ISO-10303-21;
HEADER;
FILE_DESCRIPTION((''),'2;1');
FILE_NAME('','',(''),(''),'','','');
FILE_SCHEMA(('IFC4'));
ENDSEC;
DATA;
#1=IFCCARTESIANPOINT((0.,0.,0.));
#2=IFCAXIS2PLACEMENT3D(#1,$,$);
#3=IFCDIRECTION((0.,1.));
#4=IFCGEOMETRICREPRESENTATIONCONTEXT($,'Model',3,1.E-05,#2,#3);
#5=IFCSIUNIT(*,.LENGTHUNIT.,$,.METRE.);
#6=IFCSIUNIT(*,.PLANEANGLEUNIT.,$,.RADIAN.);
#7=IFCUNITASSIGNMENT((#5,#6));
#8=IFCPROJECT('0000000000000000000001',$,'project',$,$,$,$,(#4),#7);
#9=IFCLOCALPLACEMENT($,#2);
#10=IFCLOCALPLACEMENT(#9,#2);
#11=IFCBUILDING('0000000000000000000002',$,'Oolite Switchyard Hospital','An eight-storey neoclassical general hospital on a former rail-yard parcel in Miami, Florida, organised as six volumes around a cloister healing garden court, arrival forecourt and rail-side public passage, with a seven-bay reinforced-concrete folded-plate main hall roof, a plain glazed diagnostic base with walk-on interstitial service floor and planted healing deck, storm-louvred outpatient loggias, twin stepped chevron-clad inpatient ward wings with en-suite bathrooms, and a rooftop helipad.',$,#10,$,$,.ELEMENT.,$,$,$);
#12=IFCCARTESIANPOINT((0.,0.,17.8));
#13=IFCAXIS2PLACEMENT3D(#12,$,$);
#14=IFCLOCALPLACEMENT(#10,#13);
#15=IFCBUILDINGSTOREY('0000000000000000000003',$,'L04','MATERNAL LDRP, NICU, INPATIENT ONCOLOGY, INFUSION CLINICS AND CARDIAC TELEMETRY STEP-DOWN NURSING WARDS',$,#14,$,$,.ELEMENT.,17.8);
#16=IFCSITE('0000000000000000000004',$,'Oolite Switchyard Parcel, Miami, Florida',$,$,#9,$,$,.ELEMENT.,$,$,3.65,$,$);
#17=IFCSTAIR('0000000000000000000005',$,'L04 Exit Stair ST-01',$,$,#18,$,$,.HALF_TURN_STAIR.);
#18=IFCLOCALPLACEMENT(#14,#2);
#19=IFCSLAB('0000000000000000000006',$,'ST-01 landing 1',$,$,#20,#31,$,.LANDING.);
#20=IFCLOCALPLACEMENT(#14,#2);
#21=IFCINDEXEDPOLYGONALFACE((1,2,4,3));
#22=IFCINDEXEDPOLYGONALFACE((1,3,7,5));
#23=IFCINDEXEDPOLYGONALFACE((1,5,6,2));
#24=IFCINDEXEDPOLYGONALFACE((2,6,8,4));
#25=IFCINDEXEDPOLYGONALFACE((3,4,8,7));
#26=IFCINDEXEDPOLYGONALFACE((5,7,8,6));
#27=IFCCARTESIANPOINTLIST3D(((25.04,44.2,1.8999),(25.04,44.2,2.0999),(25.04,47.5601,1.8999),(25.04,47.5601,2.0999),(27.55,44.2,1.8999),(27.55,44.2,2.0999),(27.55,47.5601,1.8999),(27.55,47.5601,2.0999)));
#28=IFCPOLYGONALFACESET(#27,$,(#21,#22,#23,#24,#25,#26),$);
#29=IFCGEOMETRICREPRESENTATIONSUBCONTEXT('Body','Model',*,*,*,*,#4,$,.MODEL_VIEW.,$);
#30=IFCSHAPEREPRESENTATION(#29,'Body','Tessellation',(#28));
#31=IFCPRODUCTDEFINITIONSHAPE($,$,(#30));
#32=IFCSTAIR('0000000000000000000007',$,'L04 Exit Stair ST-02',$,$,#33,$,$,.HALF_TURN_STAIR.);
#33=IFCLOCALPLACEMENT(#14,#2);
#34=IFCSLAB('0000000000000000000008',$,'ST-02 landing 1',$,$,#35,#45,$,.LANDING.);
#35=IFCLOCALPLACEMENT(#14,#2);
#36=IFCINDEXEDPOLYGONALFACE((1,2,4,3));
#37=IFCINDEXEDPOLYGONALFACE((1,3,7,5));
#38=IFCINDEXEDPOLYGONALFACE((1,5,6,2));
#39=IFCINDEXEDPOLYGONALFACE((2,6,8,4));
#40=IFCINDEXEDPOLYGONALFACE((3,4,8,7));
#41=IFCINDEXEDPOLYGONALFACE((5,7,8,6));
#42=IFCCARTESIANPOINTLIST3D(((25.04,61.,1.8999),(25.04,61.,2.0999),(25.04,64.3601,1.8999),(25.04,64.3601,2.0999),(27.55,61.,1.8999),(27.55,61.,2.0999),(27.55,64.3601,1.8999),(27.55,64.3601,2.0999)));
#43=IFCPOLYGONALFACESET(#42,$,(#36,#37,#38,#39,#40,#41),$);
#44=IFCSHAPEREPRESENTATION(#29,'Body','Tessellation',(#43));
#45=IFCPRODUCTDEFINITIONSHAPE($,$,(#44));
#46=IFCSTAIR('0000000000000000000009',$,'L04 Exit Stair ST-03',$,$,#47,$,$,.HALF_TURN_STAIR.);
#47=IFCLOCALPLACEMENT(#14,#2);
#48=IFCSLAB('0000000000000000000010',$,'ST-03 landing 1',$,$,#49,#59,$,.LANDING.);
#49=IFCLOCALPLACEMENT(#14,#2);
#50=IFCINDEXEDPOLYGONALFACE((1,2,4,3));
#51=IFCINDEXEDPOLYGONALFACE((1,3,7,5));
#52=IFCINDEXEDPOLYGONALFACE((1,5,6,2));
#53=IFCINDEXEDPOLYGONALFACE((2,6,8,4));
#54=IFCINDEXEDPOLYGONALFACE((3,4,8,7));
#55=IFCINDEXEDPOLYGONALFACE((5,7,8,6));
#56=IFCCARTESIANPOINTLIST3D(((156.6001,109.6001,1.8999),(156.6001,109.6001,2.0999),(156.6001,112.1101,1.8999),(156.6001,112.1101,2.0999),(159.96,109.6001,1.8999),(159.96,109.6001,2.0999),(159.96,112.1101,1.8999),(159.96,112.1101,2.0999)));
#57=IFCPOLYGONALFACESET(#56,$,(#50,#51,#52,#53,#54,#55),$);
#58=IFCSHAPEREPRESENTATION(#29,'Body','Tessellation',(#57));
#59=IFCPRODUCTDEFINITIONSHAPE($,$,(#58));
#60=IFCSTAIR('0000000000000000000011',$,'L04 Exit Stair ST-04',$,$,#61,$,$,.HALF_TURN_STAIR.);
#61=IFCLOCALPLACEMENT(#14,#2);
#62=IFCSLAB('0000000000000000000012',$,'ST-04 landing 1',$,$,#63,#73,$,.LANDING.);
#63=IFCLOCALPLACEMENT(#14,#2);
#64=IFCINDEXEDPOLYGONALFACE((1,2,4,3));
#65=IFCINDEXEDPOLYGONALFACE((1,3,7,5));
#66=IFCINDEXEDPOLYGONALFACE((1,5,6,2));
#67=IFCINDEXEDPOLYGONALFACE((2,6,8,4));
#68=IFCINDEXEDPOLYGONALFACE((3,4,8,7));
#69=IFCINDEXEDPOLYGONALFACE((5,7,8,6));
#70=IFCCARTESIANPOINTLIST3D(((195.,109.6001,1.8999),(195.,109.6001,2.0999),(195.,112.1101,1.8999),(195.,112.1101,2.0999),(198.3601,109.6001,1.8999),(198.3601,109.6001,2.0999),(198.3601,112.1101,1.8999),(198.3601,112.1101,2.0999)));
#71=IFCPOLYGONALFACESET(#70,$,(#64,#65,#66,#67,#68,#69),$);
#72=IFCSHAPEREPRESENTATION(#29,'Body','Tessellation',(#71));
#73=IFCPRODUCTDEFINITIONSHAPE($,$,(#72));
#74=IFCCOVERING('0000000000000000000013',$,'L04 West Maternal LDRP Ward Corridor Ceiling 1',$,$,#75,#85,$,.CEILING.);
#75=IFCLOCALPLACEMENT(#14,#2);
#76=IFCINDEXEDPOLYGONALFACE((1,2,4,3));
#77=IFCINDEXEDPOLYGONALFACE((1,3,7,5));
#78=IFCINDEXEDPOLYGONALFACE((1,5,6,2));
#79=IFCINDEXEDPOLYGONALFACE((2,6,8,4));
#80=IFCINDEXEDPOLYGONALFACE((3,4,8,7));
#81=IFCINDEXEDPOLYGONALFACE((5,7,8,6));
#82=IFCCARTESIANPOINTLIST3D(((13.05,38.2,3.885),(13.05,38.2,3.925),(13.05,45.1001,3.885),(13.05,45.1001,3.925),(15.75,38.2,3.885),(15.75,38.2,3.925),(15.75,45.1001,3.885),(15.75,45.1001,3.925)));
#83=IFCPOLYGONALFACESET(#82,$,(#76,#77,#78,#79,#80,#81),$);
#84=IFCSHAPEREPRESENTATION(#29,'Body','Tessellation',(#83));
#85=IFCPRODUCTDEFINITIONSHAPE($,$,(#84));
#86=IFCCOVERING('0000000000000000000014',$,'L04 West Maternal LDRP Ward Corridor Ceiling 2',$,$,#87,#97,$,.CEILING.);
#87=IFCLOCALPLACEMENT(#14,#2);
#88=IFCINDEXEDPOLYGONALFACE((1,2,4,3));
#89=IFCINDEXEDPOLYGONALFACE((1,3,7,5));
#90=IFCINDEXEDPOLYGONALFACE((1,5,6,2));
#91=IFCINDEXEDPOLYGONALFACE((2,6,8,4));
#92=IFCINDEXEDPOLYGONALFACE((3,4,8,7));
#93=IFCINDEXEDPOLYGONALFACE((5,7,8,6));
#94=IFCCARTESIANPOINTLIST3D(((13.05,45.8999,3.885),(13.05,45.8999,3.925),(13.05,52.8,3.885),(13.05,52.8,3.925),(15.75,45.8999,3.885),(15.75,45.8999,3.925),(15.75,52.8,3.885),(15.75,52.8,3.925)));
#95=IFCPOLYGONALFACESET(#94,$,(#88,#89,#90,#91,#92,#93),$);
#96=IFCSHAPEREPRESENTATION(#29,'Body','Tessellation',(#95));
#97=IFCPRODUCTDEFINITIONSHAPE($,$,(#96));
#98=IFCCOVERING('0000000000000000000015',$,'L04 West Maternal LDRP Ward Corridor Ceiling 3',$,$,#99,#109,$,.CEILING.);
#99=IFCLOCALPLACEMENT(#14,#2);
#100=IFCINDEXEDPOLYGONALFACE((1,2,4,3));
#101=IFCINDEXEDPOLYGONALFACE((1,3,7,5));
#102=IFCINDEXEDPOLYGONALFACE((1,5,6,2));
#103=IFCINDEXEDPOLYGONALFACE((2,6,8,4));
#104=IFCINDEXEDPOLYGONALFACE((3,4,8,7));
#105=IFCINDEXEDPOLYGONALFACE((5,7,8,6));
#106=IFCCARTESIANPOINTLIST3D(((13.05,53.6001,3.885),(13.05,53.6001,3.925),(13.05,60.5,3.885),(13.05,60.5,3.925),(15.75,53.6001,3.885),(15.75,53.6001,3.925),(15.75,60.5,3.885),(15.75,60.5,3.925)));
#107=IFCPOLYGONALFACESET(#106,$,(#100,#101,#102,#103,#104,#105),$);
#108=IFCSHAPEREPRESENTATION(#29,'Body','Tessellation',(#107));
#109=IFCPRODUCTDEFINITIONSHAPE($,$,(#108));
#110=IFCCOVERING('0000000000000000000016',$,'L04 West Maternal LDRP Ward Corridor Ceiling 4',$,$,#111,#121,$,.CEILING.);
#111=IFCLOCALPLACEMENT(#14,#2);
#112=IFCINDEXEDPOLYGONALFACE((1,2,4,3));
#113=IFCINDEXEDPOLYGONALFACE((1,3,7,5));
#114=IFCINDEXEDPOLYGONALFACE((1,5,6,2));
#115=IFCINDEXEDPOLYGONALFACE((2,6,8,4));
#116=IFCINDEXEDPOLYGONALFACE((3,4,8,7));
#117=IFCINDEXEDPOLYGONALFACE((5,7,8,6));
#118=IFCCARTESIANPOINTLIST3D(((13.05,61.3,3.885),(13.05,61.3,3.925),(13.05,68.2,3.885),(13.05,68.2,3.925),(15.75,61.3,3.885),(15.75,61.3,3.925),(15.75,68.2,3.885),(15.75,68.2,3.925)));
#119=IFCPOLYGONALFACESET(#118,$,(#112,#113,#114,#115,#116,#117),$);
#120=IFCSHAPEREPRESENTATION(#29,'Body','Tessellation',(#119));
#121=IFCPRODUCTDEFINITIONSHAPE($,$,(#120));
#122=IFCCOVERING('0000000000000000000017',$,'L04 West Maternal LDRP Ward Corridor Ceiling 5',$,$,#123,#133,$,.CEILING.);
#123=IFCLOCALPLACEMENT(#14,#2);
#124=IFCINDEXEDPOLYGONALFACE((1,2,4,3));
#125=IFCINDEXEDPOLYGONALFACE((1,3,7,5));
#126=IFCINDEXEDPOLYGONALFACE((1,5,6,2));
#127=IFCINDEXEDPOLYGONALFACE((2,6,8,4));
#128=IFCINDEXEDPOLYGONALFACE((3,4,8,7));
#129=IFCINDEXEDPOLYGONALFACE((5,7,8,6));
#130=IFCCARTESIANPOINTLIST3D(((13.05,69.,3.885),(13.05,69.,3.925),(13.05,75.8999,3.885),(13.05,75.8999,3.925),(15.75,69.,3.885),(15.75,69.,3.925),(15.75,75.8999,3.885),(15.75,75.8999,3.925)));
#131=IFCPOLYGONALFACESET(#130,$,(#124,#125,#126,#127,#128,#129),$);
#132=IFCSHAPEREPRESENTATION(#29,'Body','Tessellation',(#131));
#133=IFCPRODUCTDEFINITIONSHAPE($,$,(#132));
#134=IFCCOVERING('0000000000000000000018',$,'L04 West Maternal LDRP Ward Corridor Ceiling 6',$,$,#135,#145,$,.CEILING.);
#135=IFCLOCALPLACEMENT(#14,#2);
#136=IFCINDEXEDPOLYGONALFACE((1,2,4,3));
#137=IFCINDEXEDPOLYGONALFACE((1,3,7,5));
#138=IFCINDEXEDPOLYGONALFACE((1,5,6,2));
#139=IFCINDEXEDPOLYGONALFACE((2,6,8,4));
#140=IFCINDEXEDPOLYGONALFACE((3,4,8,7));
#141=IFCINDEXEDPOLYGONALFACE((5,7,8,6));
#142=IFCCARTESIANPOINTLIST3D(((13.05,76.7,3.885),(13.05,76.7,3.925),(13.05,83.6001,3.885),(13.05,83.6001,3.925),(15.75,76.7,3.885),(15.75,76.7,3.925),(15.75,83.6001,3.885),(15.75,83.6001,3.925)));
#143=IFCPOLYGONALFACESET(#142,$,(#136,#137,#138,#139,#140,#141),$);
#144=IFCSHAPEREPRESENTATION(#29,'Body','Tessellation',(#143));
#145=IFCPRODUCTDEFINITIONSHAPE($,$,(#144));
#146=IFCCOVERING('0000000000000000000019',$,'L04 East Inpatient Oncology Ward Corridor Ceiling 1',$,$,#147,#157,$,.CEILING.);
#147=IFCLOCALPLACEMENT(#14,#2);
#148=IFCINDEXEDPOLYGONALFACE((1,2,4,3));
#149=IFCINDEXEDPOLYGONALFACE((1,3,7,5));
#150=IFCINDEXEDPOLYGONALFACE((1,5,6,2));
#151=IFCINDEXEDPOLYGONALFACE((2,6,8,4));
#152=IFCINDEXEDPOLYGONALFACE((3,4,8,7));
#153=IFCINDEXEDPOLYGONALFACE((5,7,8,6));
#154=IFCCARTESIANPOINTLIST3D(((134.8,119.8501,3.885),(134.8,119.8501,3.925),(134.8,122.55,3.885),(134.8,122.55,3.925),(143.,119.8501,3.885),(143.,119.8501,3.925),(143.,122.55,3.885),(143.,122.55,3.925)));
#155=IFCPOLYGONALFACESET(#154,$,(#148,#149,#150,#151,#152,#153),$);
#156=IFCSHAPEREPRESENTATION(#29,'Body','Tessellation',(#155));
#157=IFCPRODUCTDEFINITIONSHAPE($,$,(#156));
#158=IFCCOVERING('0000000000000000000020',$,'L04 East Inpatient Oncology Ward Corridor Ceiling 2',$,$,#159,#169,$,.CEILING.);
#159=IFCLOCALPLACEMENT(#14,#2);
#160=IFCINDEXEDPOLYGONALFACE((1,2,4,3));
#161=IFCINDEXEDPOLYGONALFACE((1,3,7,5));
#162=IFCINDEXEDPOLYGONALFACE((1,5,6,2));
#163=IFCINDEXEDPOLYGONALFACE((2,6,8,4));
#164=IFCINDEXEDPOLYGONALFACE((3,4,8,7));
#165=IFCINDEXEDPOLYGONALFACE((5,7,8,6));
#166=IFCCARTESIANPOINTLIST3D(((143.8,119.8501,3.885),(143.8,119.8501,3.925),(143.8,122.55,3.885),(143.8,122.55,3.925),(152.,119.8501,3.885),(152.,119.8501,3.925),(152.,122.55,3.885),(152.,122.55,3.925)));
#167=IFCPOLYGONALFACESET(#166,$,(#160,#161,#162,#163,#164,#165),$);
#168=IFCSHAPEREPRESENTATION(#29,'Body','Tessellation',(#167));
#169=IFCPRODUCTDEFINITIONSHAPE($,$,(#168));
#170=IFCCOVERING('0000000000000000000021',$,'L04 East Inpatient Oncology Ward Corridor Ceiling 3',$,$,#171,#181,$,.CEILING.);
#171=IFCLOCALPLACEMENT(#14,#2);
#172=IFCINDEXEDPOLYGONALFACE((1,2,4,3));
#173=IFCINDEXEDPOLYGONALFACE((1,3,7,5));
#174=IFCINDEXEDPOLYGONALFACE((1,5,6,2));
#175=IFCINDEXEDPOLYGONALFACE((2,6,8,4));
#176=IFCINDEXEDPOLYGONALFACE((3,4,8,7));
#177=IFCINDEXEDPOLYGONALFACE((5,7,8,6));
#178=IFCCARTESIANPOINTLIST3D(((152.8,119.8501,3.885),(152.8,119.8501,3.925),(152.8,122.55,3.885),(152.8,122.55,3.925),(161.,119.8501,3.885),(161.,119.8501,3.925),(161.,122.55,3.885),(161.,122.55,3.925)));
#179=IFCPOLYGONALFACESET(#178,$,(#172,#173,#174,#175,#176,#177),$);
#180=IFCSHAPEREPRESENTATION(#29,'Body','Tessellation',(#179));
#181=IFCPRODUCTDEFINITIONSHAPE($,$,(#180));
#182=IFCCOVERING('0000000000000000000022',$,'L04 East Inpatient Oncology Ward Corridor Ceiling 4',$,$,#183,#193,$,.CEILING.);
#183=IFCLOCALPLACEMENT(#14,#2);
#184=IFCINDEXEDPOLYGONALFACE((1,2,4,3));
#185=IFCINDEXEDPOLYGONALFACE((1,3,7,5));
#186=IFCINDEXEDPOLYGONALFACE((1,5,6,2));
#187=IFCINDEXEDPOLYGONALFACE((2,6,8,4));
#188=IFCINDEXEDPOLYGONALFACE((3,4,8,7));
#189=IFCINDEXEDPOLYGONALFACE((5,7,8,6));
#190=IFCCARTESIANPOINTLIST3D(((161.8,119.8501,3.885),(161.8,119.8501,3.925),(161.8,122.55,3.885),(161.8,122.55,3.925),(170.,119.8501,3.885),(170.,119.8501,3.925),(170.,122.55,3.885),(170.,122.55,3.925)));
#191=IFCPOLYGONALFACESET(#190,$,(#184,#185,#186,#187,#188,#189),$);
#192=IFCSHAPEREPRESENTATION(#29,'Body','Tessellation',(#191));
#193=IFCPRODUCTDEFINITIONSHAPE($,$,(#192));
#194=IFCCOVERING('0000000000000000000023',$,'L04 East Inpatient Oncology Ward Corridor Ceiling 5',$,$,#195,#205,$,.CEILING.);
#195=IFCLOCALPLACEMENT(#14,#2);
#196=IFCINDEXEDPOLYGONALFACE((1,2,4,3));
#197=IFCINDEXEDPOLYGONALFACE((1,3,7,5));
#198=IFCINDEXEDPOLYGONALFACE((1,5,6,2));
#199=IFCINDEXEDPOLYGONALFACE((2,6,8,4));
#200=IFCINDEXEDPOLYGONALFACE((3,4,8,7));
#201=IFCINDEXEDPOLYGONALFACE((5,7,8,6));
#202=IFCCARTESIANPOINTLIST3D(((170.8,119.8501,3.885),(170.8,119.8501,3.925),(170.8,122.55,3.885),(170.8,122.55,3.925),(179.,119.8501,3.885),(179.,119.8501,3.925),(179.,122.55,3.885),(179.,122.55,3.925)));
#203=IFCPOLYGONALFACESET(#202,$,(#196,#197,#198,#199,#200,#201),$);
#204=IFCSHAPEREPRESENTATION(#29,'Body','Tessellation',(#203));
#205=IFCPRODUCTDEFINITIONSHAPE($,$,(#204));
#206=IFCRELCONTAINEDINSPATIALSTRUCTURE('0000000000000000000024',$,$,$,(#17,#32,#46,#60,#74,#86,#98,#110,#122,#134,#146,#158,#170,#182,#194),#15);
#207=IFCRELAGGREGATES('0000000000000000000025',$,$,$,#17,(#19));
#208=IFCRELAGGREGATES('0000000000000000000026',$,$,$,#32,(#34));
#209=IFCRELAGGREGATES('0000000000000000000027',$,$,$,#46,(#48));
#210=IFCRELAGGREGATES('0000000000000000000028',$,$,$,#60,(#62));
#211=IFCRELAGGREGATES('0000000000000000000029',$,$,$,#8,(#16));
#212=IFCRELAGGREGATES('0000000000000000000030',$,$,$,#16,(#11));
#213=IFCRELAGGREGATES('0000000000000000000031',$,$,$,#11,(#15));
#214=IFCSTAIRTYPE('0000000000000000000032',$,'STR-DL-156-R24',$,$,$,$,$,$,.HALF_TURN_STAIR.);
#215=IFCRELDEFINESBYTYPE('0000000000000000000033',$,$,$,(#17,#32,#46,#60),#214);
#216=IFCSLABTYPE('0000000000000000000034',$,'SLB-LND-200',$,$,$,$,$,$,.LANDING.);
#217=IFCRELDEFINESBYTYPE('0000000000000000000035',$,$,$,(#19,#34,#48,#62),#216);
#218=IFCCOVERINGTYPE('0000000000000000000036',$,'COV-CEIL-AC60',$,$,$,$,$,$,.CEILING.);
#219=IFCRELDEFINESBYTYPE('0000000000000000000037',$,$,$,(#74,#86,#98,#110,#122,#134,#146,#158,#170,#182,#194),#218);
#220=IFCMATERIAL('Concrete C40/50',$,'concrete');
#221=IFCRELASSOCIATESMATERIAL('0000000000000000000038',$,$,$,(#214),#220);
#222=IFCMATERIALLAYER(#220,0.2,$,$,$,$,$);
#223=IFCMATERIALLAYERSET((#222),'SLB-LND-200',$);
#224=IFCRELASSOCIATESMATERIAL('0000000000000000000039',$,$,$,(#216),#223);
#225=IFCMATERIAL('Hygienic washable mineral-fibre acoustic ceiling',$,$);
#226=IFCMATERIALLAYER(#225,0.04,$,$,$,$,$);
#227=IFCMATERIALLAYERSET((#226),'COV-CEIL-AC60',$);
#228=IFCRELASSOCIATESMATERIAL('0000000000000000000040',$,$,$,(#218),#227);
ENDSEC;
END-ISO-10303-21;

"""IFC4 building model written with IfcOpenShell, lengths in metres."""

from ifc_helpers import new_model, si_unit, direction, frame, origin, place, context, subcontext, project, spatial, polyline, outline, extrude, material, layer, layer_set, type_object, element, aggregate, save


model = new_model("IFC4")

# Units and contexts
model_context = context("Model", 3, precision=1e-05, world=origin(), true_north=direction((0.0, 1.0)))
body_context = subcontext(model_context, "Body", "Model", "MODEL_VIEW")
ifc_project = project(units=[si_unit("LENGTHUNIT", "METRE"), si_unit("PLANEANGLEUNIT", "RADIAN")], contexts=[model_context])

# Site, building, storey
site_placement = place(None, origin())
site = spatial("IfcSite", under=ifc_project, at=site_placement, Name="Oolite Switchyard Parcel, Miami, Florida", CompositionType="ELEMENT", RefElevation=3.65)
building_placement = place(site_placement, origin())
building = spatial("IfcBuilding", under=site, at=building_placement, Name="Oolite Switchyard Hospital", Description="An eight-storey neoclassical general hospital on a former rail-yard parcel in Miami, Florida, organised as six volumes around a cloister healing garden court, arrival forecourt and rail-side public passage, with a seven-bay reinforced-concrete folded-plate main hall roof, a plain glazed diagnostic base with walk-on interstitial service floor and planted healing deck, storm-louvred outpatient loggias, twin stepped chevron-clad inpatient ward wings with en-suite bathrooms, and a rooftop helipad.", CompositionType="ELEMENT")
storey_placement = place(building_placement, frame((0.0, 0.0, 17.8)))
storey = spatial("IfcBuildingStorey", under=building, at=storey_placement, Name="L04", Description="MATERNAL LDRP, NICU, INPATIENT ONCOLOGY, INFUSION CLINICS AND CARDIAC TELEMETRY STEP-DOWN NURSING WARDS", CompositionType="ELEMENT", Elevation=17.8)

# Stairs, slabs
ifc_material_1 = material(Name="Concrete C40/50", Category="concrete")
stair_type = type_object("IfcStairType", Name="STR-DL-156-R24", PredefinedType="HALF_TURN_STAIR", material=ifc_material_1)
stair_1_placement = place(storey_placement, origin())
stair_1 = element("IfcStair", 1, at=stair_1_placement, inside=storey, type_object=stair_type, Name="L04 Exit Stair ST-01", PredefinedType="HALF_TURN_STAIR")
ifc_layer_1 = layer(ifc_material_1, 0.2)
ifc_layer_set_1 = layer_set([ifc_layer_1], Name="SLB-LND-200")
slab_type = type_object("IfcSlabType", Name="SLB-LND-200", PredefinedType="LANDING", material=ifc_layer_set_1)
slab_1_placement = place(storey_placement, frame((0.0, 0.0, 1.8999)))
slab_1 = element("IfcSlab", 2, at=slab_1_placement, type_object=slab_type, Name="ST-01 landing 1", PredefinedType="LANDING", context=body_context, shape_type="SweptSolid", body=[
    extrude(outline(polyline([(25.04, 44.2), (27.55, 44.2), (27.55, 47.5601), (25.04, 47.5601), (25.04, 44.2)])), origin(), (0.0, 0.0, 1.0), 0.2),
])
aggregate(stair_1, [slab_1])
stair_2_placement = place(storey_placement, origin())
stair_2 = element("IfcStair", 3, at=stair_2_placement, inside=storey, type_object=stair_type, Name="L04 Exit Stair ST-02", PredefinedType="HALF_TURN_STAIR")
slab_2_placement = place(storey_placement, frame((0.0, 0.0, 1.8999)))
slab_2 = element("IfcSlab", 4, at=slab_2_placement, type_object=slab_type, Name="ST-02 landing 1", PredefinedType="LANDING", context=body_context, shape_type="SweptSolid", body=[
    extrude(outline(polyline([(25.04, 61.0), (27.55, 61.0), (27.55, 64.3601), (25.04, 64.3601), (25.04, 61.0)])), origin(), (0.0, 0.0, 1.0), 0.2),
])
aggregate(stair_2, [slab_2])
stair_3_placement = place(storey_placement, origin())
stair_3 = element("IfcStair", 5, at=stair_3_placement, inside=storey, type_object=stair_type, Name="L04 Exit Stair ST-03", PredefinedType="HALF_TURN_STAIR")
slab_3_placement = place(storey_placement, frame((0.0, 0.0, 1.8999)))
slab_3 = element("IfcSlab", 6, at=slab_3_placement, type_object=slab_type, Name="ST-03 landing 1", PredefinedType="LANDING", context=body_context, shape_type="SweptSolid", body=[
    extrude(outline(polyline([(156.6001, 112.1101), (156.6001, 109.6001), (159.96, 109.6001), (159.96, 112.1101), (156.6001, 112.1101)])), origin(), (0.0, 0.0, 1.0), 0.2),
])
aggregate(stair_3, [slab_3])
stair_4_placement = place(storey_placement, origin())
stair_4 = element("IfcStair", 7, at=stair_4_placement, inside=storey, type_object=stair_type, Name="L04 Exit Stair ST-04", PredefinedType="HALF_TURN_STAIR")
slab_4_placement = place(storey_placement, frame((0.0, 0.0, 1.8999)))
slab_4 = element("IfcSlab", 8, at=slab_4_placement, type_object=slab_type, Name="ST-04 landing 1", PredefinedType="LANDING", context=body_context, shape_type="SweptSolid", body=[
    extrude(outline(polyline([(195.0, 112.1101), (195.0, 109.6001), (198.3601, 109.6001), (198.3601, 112.1101), (195.0, 112.1101)])), origin(), (0.0, 0.0, 1.0), 0.2),
])
aggregate(stair_4, [slab_4])

# Coverings
ifc_material_2 = material(Name="Hygienic washable mineral-fibre acoustic ceiling")
ifc_layer_2 = layer(ifc_material_2, 0.04)
ifc_layer_set_2 = layer_set([ifc_layer_2], Name="COV-CEIL-AC60")
covering_type_1 = type_object("IfcCoveringType", Name="COV-CEIL-AC60", PredefinedType="CEILING", material=ifc_layer_set_2)
covering_1_placement = place(storey_placement, frame((0.0, 0.0, 3.885)))
element("IfcCovering", 9, at=covering_1_placement, inside=storey, type_object=covering_type_1, Name="L04 West Maternal LDRP Ward Corridor Ceiling 1", PredefinedType="CEILING", context=body_context, shape_type="SweptSolid", body=[
    extrude(outline(polyline([(13.05, 38.2), (15.75, 38.2), (15.75, 45.1001), (13.05, 45.1001), (13.05, 38.2)])), origin(), (0.0, 0.0, 1.0), 0.04),
])
covering_2_placement = place(storey_placement, frame((0.0, 0.0, 3.885)))
element("IfcCovering", 10, at=covering_2_placement, inside=storey, type_object=covering_type_1, Name="L04 West Maternal LDRP Ward Corridor Ceiling 2", PredefinedType="CEILING", context=body_context, shape_type="SweptSolid", body=[
    extrude(outline(polyline([(13.05, 45.8999), (15.75, 45.8999), (15.75, 52.8), (13.05, 52.8), (13.05, 45.8999)])), origin(), (0.0, 0.0, 1.0), 0.04),
])
covering_3_placement = place(storey_placement, frame((0.0, 0.0, 3.885)))
element("IfcCovering", 11, at=covering_3_placement, inside=storey, type_object=covering_type_1, Name="L04 West Maternal LDRP Ward Corridor Ceiling 3", PredefinedType="CEILING", context=body_context, shape_type="SweptSolid", body=[
    extrude(outline(polyline([(13.05, 53.6001), (15.75, 53.6001), (15.75, 60.5), (13.05, 60.5), (13.05, 53.6001)])), origin(), (0.0, 0.0, 1.0), 0.04),
])
covering_4_placement = place(storey_placement, frame((0.0, 0.0, 3.885)))
element("IfcCovering", 12, at=covering_4_placement, inside=storey, type_object=covering_type_1, Name="L04 West Maternal LDRP Ward Corridor Ceiling 4", PredefinedType="CEILING", context=body_context, shape_type="SweptSolid", body=[
    extrude(outline(polyline([(13.05, 61.3), (15.75, 61.3), (15.75, 68.2), (13.05, 68.2), (13.05, 61.3)])), origin(), (0.0, 0.0, 1.0), 0.04),
])
covering_5_placement = place(storey_placement, frame((0.0, 0.0, 3.885)))
element("IfcCovering", 13, at=covering_5_placement, inside=storey, type_object=covering_type_1, Name="L04 West Maternal LDRP Ward Corridor Ceiling 5", PredefinedType="CEILING", context=body_context, shape_type="SweptSolid", body=[
    extrude(outline(polyline([(13.05, 69.0), (15.75, 69.0), (15.75, 75.8999), (13.05, 75.8999), (13.05, 69.0)])), origin(), (0.0, 0.0, 1.0), 0.04),
])
covering_6_placement = place(storey_placement, frame((0.0, 0.0, 3.885)))
element("IfcCovering", 14, at=covering_6_placement, inside=storey, type_object=covering_type_1, Name="L04 West Maternal LDRP Ward Corridor Ceiling 6", PredefinedType="CEILING", context=body_context, shape_type="SweptSolid", body=[
    extrude(outline(polyline([(13.05, 76.7), (15.75, 76.7), (15.75, 83.6001), (13.05, 83.6001), (13.05, 76.7)])), origin(), (0.0, 0.0, 1.0), 0.04),
])
covering_7_placement = place(storey_placement, frame((0.0, 0.0, 3.885)))
element("IfcCovering", 15, at=covering_7_placement, inside=storey, type_object=covering_type_1, Name="L04 East Inpatient Oncology Ward Corridor Ceiling 1", PredefinedType="CEILING", context=body_context, shape_type="SweptSolid", body=[
    extrude(outline(polyline([(134.8, 119.8501), (143.0, 119.8501), (143.0, 122.55), (134.8, 122.55), (134.8, 119.8501)])), origin(), (0.0, 0.0, 1.0), 0.04),
])
covering_8_placement = place(storey_placement, frame((0.0, 0.0, 3.885)))
element("IfcCovering", 16, at=covering_8_placement, inside=storey, type_object=covering_type_1, Name="L04 East Inpatient Oncology Ward Corridor Ceiling 2", PredefinedType="CEILING", context=body_context, shape_type="SweptSolid", body=[
    extrude(outline(polyline([(143.8, 119.8501), (152.0, 119.8501), (152.0, 122.55), (143.8, 122.55), (143.8, 119.8501)])), origin(), (0.0, 0.0, 1.0), 0.04),
])
covering_9_placement = place(storey_placement, frame((0.0, 0.0, 3.885)))
element("IfcCovering", 17, at=covering_9_placement, inside=storey, type_object=covering_type_1, Name="L04 East Inpatient Oncology Ward Corridor Ceiling 3", PredefinedType="CEILING", context=body_context, shape_type="SweptSolid", body=[
    extrude(outline(polyline([(152.8, 119.8501), (161.0, 119.8501), (161.0, 122.55), (152.8, 122.55), (152.8, 119.8501)])), origin(), (0.0, 0.0, 1.0), 0.04),
])
covering_10_placement = place(storey_placement, frame((0.0, 0.0, 3.885)))
element("IfcCovering", 18, at=covering_10_placement, inside=storey, type_object=covering_type_1, Name="L04 East Inpatient Oncology Ward Corridor Ceiling 4", PredefinedType="CEILING", context=body_context, shape_type="SweptSolid", body=[
    extrude(outline(polyline([(161.8, 119.8501), (170.0, 119.8501), (170.0, 122.55), (161.8, 122.55), (161.8, 119.8501)])), origin(), (0.0, 0.0, 1.0), 0.04),
])
covering_11_placement = place(storey_placement, frame((0.0, 0.0, 3.885)))
element("IfcCovering", 19, at=covering_11_placement, inside=storey, type_object=covering_type_1, Name="L04 East Inpatient Oncology Ward Corridor Ceiling 5", PredefinedType="CEILING", context=body_context, shape_type="SweptSolid", body=[
    extrude(outline(polyline([(170.8, 119.8501), (179.0, 119.8501), (179.0, 122.55), (170.8, 122.55), (170.8, 119.8501)])), origin(), (0.0, 0.0, 1.0), 0.04),
])

save(model, "model.ifc")
